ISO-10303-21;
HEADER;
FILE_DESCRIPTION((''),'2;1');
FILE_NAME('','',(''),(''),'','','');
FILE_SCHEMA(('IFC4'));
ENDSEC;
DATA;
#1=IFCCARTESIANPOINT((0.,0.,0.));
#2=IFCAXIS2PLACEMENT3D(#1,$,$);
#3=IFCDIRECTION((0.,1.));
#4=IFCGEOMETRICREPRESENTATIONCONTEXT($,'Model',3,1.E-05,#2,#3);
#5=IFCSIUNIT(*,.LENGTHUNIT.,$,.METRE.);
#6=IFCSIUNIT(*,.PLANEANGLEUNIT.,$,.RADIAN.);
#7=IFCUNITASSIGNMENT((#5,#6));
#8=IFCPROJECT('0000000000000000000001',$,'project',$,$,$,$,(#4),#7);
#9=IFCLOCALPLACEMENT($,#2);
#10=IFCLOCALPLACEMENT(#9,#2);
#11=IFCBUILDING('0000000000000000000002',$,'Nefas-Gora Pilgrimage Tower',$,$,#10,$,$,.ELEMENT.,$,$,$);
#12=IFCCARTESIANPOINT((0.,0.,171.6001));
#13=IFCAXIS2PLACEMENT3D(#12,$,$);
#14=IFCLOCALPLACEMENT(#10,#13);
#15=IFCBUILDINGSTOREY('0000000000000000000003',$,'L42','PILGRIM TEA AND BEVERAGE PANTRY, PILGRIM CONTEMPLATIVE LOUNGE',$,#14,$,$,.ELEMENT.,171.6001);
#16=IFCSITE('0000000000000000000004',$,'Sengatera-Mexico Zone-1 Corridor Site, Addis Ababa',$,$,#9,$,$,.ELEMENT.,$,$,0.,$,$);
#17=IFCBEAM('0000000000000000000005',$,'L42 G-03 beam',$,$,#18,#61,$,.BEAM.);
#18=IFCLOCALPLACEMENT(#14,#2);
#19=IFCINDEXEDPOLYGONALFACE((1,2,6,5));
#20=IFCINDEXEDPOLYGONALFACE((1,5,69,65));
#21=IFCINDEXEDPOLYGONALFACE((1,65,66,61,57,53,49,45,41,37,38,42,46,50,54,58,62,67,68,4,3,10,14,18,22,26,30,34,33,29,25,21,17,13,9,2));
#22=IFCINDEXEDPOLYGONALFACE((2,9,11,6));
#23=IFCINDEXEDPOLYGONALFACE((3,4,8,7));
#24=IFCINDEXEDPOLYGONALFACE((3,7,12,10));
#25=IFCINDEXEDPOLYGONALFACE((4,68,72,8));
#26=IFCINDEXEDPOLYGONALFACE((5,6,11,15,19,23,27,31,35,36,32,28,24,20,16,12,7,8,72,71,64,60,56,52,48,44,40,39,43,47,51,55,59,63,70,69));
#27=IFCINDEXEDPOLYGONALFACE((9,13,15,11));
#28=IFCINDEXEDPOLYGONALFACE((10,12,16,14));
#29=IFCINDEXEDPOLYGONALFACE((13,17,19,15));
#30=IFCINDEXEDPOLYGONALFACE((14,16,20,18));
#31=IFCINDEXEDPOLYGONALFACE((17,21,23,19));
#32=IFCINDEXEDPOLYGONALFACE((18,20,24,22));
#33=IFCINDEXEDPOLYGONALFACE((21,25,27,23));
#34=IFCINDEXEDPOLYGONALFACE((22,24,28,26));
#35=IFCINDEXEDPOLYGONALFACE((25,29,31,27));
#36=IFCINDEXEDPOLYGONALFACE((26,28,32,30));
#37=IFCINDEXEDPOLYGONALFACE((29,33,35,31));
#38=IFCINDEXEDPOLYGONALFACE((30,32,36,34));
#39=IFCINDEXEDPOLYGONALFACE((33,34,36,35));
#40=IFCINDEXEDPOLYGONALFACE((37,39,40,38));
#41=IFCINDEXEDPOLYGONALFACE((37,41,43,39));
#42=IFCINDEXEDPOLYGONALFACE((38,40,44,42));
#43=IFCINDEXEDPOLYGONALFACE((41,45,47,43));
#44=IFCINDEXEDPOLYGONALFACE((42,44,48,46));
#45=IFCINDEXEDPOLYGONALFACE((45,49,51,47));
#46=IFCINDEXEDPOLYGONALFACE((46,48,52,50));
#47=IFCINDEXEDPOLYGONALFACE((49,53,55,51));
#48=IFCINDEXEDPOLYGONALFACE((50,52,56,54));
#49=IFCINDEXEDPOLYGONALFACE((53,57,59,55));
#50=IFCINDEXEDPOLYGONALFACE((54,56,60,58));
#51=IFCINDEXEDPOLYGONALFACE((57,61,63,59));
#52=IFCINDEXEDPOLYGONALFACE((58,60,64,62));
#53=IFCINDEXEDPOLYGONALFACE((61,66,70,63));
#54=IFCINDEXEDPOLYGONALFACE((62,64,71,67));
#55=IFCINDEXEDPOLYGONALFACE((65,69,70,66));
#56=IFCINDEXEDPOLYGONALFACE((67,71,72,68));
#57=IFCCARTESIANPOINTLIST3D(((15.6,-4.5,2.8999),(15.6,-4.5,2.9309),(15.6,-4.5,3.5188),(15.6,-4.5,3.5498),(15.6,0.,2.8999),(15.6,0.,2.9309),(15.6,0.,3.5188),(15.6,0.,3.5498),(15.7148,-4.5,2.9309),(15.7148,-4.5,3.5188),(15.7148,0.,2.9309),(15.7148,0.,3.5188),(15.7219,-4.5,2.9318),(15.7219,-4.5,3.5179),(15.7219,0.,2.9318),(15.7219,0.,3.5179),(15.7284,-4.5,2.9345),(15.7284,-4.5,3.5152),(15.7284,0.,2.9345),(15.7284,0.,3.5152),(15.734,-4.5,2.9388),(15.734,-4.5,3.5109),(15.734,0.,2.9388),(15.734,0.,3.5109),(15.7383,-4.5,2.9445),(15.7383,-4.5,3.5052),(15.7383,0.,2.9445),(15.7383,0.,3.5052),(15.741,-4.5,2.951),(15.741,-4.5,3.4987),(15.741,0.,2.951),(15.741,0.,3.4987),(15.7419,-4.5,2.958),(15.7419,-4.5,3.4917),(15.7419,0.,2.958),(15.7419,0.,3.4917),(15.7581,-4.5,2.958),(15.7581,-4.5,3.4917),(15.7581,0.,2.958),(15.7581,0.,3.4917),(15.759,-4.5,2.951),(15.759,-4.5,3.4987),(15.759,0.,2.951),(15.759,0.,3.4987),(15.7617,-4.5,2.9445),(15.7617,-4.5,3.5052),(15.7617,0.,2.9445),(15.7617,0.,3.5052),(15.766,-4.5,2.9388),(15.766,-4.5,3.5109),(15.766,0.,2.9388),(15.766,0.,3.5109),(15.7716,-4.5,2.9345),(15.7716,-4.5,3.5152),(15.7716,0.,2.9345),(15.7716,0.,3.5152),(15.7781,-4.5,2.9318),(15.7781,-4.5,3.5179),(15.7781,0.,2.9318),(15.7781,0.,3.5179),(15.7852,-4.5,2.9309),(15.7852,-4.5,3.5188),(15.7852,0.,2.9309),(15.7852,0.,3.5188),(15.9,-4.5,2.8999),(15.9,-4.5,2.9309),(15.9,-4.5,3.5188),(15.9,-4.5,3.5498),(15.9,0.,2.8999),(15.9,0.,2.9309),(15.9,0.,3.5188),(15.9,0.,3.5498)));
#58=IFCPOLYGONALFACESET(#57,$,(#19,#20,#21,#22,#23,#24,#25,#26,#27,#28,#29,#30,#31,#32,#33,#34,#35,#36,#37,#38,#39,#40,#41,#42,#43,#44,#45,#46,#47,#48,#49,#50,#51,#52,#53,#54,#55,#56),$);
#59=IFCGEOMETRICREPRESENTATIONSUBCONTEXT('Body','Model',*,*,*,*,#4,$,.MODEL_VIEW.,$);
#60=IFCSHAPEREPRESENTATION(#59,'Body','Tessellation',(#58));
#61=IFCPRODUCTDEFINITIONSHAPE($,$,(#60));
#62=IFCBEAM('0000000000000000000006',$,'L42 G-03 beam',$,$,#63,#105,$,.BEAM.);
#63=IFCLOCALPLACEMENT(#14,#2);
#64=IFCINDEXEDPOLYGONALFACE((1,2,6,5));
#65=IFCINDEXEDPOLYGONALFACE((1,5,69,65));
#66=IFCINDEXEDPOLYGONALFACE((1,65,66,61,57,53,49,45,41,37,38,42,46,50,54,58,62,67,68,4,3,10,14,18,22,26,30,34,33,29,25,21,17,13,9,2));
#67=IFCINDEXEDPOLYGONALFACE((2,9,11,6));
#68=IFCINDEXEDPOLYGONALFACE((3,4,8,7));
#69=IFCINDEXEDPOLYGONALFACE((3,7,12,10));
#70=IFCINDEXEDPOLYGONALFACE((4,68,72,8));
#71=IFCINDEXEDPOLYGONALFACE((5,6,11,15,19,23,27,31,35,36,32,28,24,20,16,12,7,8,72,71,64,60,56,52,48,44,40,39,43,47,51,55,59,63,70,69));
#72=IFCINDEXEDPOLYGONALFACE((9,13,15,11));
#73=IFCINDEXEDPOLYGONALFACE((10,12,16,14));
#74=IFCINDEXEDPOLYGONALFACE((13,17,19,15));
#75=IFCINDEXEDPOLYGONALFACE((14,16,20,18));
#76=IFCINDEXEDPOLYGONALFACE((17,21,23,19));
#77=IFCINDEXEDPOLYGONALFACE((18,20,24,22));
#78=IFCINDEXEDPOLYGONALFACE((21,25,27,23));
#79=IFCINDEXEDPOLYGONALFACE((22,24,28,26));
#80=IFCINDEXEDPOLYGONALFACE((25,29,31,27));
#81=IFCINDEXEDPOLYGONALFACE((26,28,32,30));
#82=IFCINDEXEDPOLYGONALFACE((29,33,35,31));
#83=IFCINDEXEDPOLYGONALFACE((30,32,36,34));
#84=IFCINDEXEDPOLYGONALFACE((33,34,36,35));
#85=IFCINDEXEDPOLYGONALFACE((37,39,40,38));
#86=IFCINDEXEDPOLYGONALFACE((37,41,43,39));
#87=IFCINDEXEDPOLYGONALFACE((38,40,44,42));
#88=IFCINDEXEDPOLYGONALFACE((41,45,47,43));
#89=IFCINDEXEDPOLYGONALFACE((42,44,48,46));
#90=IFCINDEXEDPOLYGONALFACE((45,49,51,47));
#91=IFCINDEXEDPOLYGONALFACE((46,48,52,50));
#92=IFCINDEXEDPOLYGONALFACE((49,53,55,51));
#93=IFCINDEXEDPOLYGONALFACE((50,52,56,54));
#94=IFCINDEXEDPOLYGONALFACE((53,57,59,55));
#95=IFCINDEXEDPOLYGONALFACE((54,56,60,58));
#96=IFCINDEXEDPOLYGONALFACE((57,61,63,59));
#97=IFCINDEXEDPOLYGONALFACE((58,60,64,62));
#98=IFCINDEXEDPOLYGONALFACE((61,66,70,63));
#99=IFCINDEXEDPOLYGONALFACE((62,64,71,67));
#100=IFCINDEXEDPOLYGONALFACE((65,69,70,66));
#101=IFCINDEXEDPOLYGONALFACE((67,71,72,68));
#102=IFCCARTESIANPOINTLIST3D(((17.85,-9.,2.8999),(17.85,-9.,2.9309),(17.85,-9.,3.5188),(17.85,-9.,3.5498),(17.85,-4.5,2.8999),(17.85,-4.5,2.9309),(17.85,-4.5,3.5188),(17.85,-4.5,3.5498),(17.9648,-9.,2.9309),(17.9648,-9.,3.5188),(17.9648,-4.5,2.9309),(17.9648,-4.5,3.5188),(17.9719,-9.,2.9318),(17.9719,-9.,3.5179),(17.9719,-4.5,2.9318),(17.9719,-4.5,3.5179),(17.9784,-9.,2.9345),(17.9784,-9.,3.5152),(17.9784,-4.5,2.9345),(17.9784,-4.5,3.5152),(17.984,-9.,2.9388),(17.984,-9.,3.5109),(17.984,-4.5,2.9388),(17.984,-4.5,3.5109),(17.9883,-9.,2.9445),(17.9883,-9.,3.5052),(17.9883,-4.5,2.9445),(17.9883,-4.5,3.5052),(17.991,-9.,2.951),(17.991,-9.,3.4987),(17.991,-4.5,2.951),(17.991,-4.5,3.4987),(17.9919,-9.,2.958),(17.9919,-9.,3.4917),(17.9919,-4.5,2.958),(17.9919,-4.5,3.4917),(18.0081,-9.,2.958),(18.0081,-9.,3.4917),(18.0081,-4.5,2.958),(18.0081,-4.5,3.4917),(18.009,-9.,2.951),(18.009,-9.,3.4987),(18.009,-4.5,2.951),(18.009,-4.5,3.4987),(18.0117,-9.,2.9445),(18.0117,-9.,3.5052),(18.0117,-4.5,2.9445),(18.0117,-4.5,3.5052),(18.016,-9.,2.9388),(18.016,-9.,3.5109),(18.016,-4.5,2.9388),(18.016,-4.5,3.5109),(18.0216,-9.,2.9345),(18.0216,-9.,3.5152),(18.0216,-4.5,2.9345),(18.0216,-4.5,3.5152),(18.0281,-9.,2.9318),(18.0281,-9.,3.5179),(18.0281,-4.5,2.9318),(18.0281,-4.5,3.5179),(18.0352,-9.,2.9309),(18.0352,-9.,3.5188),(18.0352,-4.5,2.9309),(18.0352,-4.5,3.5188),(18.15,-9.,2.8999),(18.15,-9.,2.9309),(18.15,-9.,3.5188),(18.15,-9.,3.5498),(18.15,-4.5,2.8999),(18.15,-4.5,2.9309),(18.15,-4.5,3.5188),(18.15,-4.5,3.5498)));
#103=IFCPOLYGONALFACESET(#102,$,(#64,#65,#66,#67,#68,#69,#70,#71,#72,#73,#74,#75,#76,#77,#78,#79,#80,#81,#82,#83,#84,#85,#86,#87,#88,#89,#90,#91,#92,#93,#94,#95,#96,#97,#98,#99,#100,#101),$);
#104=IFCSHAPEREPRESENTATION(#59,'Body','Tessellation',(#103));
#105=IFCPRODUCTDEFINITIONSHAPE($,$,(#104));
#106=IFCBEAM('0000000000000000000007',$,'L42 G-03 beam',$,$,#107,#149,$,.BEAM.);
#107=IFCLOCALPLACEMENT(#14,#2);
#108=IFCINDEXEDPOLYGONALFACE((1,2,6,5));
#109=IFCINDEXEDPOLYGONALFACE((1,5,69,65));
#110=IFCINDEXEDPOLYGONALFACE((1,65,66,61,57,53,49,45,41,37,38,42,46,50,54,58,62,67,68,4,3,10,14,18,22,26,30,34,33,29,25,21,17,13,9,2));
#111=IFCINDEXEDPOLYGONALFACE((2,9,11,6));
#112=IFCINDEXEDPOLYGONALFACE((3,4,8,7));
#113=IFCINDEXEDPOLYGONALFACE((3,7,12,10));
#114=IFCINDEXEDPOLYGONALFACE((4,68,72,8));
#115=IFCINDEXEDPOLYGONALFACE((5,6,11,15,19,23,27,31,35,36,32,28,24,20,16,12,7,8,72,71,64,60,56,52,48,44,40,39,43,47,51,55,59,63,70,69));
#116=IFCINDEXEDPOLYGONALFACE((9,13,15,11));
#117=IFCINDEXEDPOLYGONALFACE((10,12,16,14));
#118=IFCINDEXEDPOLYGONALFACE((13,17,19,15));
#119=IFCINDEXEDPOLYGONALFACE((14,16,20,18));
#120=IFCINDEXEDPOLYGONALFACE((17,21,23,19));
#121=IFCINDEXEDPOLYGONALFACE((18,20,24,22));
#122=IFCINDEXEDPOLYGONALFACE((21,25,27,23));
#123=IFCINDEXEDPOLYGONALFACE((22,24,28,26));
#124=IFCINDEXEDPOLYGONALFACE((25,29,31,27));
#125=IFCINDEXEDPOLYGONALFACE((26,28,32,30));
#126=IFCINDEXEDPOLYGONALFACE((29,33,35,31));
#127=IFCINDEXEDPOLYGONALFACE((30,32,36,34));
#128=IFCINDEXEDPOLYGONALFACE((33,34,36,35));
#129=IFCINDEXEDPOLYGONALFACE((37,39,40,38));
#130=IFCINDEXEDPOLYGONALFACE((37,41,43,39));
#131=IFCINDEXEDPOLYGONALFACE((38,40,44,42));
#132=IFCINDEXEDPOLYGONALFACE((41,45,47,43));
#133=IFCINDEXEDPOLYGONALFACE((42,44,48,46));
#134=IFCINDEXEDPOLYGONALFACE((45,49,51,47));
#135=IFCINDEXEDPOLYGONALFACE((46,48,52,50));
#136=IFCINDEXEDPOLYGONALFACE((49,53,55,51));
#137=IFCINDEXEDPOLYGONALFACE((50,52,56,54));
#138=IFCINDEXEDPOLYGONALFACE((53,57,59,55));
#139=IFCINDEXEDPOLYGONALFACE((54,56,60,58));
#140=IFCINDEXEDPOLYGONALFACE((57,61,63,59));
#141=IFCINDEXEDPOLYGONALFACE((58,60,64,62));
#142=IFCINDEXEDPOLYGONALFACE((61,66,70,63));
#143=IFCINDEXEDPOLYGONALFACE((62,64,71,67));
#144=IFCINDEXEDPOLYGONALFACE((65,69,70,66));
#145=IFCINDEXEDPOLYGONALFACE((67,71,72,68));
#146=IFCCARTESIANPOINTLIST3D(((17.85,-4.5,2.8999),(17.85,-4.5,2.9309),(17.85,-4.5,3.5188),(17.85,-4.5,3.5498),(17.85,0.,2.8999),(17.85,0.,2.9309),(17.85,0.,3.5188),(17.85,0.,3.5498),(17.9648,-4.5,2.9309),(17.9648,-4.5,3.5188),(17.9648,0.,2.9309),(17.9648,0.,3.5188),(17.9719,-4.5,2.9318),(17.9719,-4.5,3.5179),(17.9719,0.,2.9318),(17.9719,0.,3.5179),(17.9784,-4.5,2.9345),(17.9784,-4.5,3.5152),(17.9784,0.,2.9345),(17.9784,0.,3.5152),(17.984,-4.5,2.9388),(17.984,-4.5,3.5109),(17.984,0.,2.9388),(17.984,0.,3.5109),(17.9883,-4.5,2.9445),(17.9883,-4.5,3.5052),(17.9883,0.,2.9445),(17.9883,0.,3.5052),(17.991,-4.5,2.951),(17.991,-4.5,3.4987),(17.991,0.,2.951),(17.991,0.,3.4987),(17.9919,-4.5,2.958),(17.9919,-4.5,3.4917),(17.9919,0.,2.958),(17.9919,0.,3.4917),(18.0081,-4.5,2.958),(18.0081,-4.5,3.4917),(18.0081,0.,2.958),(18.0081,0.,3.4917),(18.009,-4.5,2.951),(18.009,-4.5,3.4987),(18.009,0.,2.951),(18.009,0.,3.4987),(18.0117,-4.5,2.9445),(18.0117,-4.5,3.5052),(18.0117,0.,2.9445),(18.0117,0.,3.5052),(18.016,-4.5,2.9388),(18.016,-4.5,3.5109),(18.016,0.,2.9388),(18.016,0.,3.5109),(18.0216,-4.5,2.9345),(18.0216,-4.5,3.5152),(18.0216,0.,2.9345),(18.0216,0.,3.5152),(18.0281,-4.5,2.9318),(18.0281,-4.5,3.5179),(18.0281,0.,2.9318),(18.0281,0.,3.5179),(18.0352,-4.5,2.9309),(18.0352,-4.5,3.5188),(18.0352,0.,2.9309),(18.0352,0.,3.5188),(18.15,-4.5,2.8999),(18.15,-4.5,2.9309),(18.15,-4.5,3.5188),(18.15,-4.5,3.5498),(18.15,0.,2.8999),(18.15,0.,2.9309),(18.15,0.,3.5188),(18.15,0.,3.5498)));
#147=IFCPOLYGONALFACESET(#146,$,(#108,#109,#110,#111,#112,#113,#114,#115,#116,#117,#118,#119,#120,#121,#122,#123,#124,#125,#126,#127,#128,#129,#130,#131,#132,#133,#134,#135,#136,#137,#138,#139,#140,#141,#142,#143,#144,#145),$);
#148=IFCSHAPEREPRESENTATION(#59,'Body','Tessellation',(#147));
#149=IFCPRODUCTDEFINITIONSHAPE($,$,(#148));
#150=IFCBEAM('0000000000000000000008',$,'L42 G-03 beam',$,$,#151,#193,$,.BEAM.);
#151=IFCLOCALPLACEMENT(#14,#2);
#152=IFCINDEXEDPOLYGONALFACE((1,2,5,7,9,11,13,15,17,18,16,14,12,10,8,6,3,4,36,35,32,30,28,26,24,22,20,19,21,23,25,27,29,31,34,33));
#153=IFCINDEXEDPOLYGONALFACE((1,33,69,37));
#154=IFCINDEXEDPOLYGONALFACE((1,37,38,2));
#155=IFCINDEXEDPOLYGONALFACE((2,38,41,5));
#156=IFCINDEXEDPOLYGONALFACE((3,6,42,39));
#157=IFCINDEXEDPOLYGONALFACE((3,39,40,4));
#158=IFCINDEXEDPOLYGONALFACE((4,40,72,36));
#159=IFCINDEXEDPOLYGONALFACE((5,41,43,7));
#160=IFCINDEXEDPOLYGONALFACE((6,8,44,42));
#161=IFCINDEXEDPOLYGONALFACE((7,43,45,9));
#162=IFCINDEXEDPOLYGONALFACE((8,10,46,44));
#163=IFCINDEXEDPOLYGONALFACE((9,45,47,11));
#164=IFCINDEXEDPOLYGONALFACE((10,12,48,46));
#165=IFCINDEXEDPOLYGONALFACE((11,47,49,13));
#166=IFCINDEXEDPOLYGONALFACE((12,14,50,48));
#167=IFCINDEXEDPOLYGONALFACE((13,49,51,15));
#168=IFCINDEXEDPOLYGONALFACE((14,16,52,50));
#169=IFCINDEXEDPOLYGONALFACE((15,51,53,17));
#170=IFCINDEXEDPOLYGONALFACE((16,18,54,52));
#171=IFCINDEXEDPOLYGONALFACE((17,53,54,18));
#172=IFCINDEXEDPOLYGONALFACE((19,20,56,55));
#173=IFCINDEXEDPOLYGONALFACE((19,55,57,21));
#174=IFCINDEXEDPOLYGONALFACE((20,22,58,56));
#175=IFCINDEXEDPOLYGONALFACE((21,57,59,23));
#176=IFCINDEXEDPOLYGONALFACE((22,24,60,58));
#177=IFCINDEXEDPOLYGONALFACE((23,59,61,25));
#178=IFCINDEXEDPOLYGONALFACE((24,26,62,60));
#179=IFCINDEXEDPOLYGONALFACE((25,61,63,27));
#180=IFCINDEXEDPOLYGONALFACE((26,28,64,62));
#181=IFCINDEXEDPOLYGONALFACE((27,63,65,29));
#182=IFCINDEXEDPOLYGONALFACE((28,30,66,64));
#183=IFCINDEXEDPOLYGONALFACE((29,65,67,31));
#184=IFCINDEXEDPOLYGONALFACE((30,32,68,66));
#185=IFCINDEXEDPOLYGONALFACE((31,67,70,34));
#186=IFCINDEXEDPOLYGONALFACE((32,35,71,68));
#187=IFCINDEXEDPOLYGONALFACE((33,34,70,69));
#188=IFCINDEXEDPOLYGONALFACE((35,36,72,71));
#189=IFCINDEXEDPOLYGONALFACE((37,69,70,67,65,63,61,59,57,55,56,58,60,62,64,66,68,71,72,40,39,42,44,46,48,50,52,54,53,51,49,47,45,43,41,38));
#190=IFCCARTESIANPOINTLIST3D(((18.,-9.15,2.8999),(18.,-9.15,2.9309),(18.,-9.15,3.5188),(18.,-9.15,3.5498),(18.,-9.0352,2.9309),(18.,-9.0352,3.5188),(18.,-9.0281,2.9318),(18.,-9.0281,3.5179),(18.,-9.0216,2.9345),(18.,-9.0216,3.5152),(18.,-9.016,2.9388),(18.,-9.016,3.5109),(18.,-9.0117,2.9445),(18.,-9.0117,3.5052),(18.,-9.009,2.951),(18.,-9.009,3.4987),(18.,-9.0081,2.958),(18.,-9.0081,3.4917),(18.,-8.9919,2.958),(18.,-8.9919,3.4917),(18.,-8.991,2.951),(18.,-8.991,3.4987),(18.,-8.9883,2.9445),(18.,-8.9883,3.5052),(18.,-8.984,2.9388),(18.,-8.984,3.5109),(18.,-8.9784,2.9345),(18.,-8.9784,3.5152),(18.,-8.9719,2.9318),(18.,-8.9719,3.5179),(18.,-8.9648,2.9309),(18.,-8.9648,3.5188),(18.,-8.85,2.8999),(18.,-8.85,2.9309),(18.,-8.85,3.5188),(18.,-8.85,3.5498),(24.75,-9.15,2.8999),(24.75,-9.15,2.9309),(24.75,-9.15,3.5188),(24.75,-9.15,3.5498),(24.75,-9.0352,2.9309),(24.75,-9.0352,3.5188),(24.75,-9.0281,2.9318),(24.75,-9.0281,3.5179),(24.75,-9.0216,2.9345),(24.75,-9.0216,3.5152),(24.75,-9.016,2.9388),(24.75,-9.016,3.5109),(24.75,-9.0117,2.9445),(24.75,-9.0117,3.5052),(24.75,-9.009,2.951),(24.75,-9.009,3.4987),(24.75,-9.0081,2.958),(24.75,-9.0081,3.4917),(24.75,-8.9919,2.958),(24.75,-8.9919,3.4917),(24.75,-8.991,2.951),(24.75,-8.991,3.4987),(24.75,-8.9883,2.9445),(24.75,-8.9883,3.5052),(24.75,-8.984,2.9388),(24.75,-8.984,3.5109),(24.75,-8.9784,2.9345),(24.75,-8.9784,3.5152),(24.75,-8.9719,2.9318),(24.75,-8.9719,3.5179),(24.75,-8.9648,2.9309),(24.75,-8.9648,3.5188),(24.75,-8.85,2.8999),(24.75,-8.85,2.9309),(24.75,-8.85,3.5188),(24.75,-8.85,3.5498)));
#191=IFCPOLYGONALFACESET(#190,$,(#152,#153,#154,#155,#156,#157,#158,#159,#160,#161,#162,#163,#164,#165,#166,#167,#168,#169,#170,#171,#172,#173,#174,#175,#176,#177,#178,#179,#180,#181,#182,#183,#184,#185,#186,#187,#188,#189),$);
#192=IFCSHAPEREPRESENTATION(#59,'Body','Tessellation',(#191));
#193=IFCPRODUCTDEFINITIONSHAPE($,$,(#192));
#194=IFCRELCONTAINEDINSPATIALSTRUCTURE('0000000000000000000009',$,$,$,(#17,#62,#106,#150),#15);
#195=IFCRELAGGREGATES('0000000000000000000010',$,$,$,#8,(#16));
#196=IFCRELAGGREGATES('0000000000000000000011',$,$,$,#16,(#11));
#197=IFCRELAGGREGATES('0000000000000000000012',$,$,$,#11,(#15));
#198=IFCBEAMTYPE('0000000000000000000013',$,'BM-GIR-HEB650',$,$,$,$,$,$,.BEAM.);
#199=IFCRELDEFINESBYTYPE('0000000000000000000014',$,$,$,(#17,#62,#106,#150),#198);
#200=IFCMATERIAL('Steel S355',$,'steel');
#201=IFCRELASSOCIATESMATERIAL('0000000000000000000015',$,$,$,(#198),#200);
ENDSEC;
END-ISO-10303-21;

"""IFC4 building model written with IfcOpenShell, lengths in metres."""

from ifc_helpers import new_model, si_unit, direction, frame, origin, origin_2d, place, context, subcontext, project, spatial, i_section, extrude, source, transform, mapped, material, material_profile, profile_set, type_object, element, save


model = new_model("IFC4")

# Units and contexts
model_context = context("Model", 3, precision=1e-05, world=origin(), true_north=direction((0.0, 1.0)))
body_context = subcontext(model_context, "Body", "Model", "MODEL_VIEW")
ifc_project = project(units=[si_unit("LENGTHUNIT", "METRE"), si_unit("PLANEANGLEUNIT", "RADIAN")], contexts=[model_context])

# Site, building, storey
site_placement = place(None, origin())
site = spatial("IfcSite", under=ifc_project, at=site_placement, Name="Sengatera-Mexico Zone-1 Corridor Site, Addis Ababa", CompositionType="ELEMENT", RefElevation=0.0)
building_placement = place(site_placement, origin())
building = spatial("IfcBuilding", under=site, at=building_placement, Name="Nefas-Gora Pilgrimage Tower", CompositionType="ELEMENT")
storey_placement = place(building_placement, frame((0.0, 0.0, 171.6001)))
storey = spatial("IfcBuildingStorey", under=building, at=storey_placement, Name="L42", Description="PILGRIM TEA AND BEVERAGE PANTRY, PILGRIM CONTEMPLATIVE LOUNGE", CompositionType="ELEMENT", Elevation=171.6001)

# Beams
ifc_material_1 = material(Name="Steel S355", Category="steel")
ifc_material_profile_1 = material_profile(ifc_material_1, i_section(OverallWidth=0.3, OverallDepth=0.6499, WebThickness=0.0161, FlangeThickness=0.031, FilletRadius=0.0271, at=origin_2d()), Name="HEB 650")
ifc_profile_set_1 = profile_set([ifc_material_profile_1], Name="Steel S355")
beam_type_1 = type_object("IfcBeamType", Name="BM-GIR-HEB650", PredefinedType="BEAM", material=ifc_profile_set_1)
shared_shape_1 = source(origin(), body_context, "Body", "SweptSolid", [
    extrude(i_section(OverallWidth=0.3, OverallDepth=0.6499, WebThickness=0.0161, FlangeThickness=0.031, FilletRadius=0.0271, at=origin_2d()), origin(), (0.0, 0.0, 1.0), 4.5),
])
for number, where, z_axis, x_axis, name in (
    (1, (15.75, -4.5, 3.2249), (0.0, 1.0, 0.0), (-1.0, 0.0, 0.0), "L42 G-03 beam"),
    (2, (18.0, -9.0, 3.2249), (0.0, 1.0, 0.0), (-1.0, 0.0, 0.0), "L42 G-03 beam"),
    (3, (18.0, -4.5, 3.2249), (0.0, 1.0, 0.0), (-1.0, 0.0, 0.0), "L42 G-03 beam"),
):
    element("IfcBeam", number, at=place(storey_placement, frame(where, z_axis=z_axis, x_axis=x_axis)), inside=storey, type_object=beam_type_1, Name=name, PredefinedType="BEAM", context=body_context, shape_type="MappedRepresentation", body=[
        mapped(shared_shape_1, transform((0.0, 0.0, 0.0), x_axis=(1.0, 0.0, 0.0), y_axis=(0.0, 1.0, 0.0), z_axis=(0.0, 0.0, 1.0), scale=1.0)),
    ])
shared_shape_2 = source(origin(), body_context, "Body", "SweptSolid", [
    extrude(i_section(OverallWidth=0.3, OverallDepth=0.6499, WebThickness=0.0161, FlangeThickness=0.031, FilletRadius=0.0271, at=origin_2d()), origin(), (0.0, 0.0, 1.0), 6.75),
])
for number, where, z_axis, x_axis, name in (
    (4, (18.0, -9.0, 3.2249), (1.0, 0.0, 0.0), (0.0, 1.0, 0.0), "L42 G-03 beam"),
):
    element("IfcBeam", number, at=place(storey_placement, frame(where, z_axis=z_axis, x_axis=x_axis)), inside=storey, type_object=beam_type_1, Name=name, PredefinedType="BEAM", context=body_context, shape_type="MappedRepresentation", body=[
        mapped(shared_shape_2, transform((0.0, 0.0, 0.0), x_axis=(1.0, 0.0, 0.0), y_axis=(0.0, 1.0, 0.0), z_axis=(0.0, 0.0, 1.0), scale=1.0)),
    ])

save(model, "model.ifc")
